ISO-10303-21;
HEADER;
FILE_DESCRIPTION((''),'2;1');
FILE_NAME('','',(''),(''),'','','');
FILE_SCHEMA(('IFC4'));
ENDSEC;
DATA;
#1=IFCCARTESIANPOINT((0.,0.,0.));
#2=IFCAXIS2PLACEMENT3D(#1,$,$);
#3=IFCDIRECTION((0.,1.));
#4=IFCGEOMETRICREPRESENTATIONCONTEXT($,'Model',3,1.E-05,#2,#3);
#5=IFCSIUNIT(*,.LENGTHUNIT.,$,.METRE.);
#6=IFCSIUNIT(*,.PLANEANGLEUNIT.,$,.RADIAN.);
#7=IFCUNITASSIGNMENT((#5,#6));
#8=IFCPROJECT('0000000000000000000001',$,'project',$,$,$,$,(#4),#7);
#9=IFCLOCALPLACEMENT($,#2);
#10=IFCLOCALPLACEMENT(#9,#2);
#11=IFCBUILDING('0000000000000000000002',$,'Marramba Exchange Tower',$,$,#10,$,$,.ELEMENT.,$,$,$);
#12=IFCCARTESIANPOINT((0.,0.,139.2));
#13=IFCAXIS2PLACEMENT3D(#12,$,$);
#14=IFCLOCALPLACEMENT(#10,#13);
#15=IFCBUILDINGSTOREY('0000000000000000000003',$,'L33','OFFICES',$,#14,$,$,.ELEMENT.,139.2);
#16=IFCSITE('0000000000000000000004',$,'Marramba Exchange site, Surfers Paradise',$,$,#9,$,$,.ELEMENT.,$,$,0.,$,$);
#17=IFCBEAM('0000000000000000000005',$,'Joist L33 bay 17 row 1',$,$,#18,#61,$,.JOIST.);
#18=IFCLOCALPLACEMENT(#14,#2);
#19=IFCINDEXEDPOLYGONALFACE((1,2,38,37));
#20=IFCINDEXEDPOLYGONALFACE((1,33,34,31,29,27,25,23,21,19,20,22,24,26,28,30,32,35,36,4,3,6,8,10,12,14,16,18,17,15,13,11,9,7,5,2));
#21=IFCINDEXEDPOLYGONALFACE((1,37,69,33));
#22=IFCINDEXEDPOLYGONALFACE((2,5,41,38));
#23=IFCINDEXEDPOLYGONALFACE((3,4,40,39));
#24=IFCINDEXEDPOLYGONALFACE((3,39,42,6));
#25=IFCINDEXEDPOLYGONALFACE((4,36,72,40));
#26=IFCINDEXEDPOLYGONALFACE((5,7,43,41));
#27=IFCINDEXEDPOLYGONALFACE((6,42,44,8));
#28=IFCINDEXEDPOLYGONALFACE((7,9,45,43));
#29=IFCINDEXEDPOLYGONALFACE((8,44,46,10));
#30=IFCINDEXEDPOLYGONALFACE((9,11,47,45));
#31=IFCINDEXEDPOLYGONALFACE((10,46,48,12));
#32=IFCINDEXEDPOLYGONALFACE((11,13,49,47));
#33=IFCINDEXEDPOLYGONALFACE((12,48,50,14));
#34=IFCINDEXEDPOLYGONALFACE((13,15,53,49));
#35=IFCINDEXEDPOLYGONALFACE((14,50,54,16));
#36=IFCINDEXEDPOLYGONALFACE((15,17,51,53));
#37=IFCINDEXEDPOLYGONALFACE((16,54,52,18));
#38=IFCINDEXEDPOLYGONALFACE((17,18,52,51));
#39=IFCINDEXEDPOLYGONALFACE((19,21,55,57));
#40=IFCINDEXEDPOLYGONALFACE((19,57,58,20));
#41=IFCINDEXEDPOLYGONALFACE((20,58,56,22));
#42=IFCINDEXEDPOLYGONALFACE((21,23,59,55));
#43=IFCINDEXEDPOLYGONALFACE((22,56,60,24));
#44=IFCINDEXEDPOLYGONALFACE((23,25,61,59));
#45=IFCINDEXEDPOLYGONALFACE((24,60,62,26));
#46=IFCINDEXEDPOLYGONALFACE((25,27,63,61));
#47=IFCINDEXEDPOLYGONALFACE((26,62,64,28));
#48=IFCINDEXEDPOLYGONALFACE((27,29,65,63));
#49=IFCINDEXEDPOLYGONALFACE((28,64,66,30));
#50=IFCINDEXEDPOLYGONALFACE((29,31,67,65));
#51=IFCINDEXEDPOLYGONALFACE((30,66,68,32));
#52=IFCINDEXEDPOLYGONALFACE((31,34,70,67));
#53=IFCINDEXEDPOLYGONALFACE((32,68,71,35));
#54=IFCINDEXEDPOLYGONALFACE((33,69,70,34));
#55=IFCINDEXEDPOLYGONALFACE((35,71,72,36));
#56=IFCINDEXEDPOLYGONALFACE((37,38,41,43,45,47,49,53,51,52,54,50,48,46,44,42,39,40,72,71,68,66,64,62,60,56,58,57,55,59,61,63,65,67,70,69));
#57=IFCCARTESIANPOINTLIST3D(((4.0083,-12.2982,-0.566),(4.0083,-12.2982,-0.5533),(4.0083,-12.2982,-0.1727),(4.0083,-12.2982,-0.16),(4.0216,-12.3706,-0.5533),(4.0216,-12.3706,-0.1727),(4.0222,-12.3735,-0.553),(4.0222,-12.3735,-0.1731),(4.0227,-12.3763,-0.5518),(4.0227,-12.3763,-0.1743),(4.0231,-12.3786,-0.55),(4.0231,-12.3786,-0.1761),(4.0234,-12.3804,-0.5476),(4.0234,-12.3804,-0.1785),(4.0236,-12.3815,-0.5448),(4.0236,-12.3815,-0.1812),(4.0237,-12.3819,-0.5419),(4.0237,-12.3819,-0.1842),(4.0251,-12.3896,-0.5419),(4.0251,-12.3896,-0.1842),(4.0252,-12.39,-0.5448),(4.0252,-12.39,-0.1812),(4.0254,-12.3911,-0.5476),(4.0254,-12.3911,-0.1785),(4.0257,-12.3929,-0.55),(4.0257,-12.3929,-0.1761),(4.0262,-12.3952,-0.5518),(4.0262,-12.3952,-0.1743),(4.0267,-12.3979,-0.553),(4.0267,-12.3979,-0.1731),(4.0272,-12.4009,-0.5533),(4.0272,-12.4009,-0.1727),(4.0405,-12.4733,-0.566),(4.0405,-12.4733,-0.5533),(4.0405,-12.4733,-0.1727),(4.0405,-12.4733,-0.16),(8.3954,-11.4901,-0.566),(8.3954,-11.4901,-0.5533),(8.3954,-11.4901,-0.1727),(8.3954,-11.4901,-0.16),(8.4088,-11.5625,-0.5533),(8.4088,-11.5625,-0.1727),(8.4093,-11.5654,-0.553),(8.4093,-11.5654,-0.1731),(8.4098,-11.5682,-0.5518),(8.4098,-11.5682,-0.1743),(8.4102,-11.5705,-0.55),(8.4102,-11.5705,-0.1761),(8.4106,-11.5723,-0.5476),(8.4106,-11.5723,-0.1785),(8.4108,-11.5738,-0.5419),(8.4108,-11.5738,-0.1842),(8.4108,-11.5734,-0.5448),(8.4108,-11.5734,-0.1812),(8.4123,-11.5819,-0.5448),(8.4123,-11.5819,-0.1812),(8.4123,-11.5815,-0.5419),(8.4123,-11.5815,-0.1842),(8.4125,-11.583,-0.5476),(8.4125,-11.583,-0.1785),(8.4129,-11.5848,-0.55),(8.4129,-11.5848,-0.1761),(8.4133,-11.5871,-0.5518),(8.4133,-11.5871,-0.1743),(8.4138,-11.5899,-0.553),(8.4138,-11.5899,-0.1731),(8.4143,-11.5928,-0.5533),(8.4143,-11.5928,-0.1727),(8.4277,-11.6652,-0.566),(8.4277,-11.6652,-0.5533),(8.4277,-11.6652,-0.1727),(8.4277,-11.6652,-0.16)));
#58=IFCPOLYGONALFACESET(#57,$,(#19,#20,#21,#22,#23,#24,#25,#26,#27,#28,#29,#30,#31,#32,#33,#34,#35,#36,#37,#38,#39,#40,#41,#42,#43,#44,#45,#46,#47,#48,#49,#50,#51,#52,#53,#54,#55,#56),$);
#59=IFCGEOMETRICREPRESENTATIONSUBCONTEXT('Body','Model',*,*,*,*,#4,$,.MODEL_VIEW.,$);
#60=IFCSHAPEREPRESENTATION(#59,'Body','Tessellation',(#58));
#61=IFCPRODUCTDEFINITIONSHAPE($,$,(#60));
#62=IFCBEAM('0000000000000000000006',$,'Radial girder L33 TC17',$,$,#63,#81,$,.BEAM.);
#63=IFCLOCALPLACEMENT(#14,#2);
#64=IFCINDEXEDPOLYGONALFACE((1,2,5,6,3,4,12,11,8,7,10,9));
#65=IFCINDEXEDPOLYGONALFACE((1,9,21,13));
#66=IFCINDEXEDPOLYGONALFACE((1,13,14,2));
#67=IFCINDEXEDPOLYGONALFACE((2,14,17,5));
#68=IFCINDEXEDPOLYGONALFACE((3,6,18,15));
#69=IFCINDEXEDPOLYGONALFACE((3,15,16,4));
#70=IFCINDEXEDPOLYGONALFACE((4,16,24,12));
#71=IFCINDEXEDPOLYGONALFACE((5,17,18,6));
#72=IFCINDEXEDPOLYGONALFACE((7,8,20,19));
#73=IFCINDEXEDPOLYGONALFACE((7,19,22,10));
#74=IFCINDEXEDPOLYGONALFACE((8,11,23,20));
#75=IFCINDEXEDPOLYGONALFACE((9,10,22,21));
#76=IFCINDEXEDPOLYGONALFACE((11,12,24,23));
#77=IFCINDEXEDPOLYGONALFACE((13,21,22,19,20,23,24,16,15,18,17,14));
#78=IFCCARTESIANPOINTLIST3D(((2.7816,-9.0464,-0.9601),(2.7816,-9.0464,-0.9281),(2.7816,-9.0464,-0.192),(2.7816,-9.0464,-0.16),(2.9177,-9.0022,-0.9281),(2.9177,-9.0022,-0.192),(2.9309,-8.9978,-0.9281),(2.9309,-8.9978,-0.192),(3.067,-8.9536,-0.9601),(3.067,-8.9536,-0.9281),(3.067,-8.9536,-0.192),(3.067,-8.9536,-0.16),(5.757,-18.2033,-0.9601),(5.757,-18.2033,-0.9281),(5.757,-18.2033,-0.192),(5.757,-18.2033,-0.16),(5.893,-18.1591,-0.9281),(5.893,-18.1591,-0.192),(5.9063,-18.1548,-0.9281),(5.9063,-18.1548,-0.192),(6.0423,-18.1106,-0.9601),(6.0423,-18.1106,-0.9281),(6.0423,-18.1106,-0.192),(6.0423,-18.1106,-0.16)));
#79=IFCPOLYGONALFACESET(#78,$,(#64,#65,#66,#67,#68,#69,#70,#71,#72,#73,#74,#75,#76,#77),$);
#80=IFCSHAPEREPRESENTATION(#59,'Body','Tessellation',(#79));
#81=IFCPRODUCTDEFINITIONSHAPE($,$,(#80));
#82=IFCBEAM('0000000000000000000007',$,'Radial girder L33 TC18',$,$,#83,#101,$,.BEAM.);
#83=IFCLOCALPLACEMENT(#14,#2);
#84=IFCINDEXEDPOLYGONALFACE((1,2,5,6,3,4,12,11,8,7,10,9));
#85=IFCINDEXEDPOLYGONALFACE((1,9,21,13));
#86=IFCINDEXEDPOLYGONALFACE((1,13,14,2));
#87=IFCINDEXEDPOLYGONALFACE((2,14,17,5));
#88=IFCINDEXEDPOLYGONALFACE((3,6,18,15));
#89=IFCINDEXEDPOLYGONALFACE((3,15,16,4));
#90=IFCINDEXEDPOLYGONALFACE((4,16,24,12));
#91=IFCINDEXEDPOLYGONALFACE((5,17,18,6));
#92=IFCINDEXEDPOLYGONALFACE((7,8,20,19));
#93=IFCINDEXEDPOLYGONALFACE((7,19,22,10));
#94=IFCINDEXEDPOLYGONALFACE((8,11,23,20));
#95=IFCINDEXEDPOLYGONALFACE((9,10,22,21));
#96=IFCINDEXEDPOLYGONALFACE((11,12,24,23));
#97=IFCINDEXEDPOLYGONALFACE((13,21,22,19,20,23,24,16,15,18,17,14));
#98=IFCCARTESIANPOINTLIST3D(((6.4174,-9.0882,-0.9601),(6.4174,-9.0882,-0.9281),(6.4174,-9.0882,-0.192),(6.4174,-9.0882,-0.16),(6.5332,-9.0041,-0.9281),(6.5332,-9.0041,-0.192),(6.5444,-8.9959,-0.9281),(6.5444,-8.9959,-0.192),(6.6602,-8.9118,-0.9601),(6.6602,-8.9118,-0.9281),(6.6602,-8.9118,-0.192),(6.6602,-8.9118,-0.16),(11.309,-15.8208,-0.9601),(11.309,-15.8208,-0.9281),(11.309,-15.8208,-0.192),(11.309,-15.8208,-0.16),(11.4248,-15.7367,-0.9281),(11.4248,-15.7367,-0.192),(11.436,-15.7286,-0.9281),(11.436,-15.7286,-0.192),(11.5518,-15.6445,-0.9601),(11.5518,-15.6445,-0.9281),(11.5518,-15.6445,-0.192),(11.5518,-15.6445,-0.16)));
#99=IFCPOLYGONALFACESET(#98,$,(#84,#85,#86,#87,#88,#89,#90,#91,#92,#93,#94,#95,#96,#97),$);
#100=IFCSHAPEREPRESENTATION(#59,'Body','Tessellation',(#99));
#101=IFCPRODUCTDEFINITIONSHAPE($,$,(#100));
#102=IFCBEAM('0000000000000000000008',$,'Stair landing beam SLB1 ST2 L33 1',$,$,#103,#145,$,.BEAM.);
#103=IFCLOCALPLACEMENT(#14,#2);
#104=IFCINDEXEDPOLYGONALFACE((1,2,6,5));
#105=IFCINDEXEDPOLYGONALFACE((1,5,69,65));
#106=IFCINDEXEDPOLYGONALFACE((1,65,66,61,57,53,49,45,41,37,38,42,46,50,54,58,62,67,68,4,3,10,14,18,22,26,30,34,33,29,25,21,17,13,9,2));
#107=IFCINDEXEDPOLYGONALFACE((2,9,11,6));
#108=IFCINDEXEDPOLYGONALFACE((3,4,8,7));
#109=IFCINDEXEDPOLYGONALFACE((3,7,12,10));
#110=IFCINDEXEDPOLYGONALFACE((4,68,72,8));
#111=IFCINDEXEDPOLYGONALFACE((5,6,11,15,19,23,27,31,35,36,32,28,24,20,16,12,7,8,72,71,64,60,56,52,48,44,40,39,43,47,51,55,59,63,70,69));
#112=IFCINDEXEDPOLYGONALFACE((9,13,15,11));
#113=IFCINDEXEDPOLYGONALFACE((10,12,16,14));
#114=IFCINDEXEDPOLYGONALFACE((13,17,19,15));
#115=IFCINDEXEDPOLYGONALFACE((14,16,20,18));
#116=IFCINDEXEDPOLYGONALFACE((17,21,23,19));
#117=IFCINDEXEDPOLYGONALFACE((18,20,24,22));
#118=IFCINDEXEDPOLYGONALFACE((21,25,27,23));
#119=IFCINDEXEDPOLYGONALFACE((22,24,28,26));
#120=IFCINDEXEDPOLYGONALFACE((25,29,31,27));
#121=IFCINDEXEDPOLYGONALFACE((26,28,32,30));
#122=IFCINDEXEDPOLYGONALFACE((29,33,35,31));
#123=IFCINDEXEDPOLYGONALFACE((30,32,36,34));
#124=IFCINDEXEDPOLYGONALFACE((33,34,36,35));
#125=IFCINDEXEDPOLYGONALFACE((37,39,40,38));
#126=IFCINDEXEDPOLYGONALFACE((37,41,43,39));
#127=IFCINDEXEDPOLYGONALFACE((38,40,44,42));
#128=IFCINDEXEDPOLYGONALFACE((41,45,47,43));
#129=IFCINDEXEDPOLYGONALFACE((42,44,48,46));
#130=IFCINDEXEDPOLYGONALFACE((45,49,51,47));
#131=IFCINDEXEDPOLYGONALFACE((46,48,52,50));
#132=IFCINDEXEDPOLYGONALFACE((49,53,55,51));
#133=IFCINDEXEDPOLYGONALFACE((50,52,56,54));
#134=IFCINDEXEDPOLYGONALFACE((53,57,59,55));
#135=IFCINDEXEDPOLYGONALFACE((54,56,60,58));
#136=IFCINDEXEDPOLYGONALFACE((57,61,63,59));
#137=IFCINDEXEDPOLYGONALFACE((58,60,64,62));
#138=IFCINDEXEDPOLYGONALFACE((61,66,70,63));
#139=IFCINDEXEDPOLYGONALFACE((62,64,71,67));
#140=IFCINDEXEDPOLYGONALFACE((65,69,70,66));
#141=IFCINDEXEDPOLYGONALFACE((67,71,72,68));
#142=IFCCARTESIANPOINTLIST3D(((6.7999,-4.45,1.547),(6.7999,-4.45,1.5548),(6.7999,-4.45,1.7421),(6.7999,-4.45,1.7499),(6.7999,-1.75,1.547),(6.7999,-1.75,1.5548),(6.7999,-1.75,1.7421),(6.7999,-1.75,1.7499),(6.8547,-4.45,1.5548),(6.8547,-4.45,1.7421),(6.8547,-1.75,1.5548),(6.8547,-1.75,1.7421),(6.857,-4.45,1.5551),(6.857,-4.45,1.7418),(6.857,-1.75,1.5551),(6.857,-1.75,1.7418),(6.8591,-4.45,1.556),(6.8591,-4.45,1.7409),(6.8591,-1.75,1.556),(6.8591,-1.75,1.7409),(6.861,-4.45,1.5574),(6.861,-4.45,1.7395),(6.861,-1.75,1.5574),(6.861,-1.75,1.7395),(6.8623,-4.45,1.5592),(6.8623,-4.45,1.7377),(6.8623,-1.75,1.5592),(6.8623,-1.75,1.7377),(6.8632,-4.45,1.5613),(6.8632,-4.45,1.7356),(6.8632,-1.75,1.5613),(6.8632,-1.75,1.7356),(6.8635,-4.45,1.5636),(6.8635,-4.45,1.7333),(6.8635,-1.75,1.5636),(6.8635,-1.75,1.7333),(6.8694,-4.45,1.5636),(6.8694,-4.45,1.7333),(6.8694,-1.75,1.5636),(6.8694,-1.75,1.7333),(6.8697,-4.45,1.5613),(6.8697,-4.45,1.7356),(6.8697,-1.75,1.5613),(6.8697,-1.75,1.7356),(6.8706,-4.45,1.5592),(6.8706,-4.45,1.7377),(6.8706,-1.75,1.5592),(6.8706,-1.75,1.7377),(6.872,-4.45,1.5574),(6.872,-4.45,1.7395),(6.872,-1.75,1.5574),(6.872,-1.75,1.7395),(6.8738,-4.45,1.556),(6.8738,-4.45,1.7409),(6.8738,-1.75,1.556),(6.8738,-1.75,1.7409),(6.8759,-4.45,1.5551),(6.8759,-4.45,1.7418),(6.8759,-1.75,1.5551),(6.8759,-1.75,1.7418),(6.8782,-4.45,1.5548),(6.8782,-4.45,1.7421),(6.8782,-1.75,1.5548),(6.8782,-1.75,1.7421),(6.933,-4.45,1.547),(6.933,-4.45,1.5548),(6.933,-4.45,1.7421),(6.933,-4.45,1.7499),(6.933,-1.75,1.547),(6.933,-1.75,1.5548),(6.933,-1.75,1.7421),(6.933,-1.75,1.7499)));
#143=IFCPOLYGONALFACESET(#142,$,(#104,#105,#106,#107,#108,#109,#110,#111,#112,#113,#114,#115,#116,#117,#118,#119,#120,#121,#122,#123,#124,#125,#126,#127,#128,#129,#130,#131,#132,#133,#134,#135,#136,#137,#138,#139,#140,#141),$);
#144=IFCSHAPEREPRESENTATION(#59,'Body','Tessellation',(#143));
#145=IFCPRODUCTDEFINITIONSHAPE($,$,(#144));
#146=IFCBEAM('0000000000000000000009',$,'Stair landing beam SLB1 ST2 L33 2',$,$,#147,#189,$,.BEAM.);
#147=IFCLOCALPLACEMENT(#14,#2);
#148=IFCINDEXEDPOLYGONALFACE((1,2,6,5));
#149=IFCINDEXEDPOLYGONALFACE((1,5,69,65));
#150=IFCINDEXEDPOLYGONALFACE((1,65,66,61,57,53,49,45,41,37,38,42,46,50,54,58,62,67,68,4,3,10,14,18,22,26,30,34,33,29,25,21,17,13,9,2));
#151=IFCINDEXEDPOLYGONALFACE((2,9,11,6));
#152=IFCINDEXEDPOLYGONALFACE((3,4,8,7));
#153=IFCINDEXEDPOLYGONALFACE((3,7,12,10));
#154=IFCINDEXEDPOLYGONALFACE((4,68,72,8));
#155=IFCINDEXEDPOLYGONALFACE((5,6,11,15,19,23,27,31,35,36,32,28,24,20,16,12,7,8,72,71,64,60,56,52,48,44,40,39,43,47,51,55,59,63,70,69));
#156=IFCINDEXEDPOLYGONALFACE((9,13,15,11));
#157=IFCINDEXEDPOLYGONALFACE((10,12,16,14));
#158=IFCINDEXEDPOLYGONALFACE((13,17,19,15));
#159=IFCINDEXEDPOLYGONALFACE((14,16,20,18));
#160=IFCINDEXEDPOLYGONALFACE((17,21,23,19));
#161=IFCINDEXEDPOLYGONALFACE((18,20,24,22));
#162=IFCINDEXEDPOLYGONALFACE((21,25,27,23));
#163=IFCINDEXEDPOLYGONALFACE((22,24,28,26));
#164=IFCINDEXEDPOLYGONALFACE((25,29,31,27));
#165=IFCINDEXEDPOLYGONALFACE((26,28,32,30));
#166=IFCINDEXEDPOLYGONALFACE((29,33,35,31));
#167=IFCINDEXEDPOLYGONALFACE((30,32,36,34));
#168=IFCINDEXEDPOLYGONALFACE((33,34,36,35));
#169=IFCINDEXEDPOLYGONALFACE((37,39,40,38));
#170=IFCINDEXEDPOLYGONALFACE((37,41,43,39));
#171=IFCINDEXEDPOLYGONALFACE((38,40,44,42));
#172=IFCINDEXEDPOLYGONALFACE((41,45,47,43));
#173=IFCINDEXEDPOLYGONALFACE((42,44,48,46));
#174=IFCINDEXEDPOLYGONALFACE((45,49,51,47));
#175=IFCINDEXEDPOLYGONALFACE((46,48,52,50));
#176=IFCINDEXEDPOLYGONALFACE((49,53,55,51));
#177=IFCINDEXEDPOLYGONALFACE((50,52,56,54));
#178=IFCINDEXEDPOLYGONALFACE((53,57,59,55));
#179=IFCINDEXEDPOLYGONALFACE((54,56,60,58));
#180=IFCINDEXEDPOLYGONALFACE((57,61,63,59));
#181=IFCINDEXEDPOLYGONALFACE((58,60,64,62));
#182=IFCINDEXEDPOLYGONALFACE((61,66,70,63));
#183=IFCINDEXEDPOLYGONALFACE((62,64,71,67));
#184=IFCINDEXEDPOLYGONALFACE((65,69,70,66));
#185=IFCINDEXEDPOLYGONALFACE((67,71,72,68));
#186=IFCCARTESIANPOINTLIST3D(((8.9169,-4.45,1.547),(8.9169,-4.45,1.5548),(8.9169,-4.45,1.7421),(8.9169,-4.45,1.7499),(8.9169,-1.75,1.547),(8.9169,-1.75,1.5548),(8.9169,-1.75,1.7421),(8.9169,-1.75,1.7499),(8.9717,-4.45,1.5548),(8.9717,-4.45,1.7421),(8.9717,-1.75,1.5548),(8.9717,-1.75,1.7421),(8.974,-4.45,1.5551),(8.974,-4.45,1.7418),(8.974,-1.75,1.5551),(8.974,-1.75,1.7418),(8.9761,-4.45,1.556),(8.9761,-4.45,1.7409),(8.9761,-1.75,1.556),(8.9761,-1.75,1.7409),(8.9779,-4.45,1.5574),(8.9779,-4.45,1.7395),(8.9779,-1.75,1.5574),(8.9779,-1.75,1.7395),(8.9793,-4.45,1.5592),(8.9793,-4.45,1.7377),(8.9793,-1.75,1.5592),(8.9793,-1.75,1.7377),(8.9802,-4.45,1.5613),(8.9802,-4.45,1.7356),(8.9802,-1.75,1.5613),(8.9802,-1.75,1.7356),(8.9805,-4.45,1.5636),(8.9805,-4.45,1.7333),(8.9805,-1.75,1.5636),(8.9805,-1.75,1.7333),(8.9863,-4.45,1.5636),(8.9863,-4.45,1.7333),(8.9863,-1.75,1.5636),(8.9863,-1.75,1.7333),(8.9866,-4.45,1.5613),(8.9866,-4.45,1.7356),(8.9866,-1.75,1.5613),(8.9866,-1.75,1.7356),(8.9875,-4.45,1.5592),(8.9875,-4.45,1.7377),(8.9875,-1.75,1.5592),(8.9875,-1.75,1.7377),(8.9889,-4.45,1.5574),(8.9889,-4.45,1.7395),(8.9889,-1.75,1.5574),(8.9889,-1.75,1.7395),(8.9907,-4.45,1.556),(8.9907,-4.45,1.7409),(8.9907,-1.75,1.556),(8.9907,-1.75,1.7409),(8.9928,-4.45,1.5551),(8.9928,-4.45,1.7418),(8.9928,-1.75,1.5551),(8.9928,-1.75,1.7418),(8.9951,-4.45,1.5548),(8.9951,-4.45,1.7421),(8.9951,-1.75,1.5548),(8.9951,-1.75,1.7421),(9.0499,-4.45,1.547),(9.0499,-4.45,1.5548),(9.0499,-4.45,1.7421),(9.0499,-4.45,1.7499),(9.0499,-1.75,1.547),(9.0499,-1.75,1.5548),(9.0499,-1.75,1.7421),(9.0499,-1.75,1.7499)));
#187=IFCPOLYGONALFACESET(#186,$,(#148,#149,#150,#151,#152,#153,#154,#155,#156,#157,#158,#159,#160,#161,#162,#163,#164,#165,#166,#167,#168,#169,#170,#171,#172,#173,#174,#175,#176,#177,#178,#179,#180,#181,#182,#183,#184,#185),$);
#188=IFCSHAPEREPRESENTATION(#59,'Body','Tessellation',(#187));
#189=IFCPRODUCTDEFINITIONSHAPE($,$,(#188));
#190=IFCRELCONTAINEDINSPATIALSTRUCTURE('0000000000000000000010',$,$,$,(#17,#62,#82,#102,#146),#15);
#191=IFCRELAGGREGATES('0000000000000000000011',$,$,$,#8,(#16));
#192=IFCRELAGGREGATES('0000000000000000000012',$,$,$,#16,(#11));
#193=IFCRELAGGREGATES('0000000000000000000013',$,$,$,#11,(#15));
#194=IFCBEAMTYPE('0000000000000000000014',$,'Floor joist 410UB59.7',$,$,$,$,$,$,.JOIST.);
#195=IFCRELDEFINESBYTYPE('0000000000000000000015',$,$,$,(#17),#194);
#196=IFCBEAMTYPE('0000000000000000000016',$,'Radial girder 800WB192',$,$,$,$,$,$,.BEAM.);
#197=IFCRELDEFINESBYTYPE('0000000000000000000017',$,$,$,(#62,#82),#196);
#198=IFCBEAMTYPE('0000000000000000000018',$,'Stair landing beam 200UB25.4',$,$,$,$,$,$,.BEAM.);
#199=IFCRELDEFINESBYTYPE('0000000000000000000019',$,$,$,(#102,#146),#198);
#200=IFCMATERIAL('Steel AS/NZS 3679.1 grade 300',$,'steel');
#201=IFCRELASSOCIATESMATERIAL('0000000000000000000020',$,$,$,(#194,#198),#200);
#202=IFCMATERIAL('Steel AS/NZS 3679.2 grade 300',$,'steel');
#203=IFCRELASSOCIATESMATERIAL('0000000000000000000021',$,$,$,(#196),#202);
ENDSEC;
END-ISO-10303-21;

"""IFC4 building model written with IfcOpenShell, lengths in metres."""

from ifc_helpers import new_model, si_unit, direction, frame, origin, origin_2d, place, context, subcontext, project, spatial, i_section, extrude, material, material_profile, profile_set, type_object, element, save


model = new_model("IFC4")

# Units and contexts
model_context = context("Model", 3, precision=1e-05, world=origin(), true_north=direction((0.0, 1.0)))
body_context = subcontext(model_context, "Body", "Model", "MODEL_VIEW")
ifc_project = project(units=[si_unit("LENGTHUNIT", "METRE"), si_unit("PLANEANGLEUNIT", "RADIAN")], contexts=[model_context])

# Site, building, storey
site_placement = place(None, origin())
site = spatial("IfcSite", under=ifc_project, at=site_placement, Name="Marramba Exchange site, Surfers Paradise", CompositionType="ELEMENT", RefElevation=0.0)
building_placement = place(site_placement, origin())
building = spatial("IfcBuilding", under=site, at=building_placement, Name="Marramba Exchange Tower", CompositionType="ELEMENT")
storey_placement = place(building_placement, frame((0.0, 0.0, 139.2)))
storey = spatial("IfcBuildingStorey", under=building, at=storey_placement, Name="L33", Description="OFFICES", CompositionType="ELEMENT", Elevation=139.2)

# Beams
ifc_material_1 = material(Name="Steel AS/NZS 3679.1 grade 300", Category="steel")
ifc_material_profile_1 = material_profile(ifc_material_1, i_section(OverallWidth=0.178, OverallDepth=0.406, WebThickness=0.0078, FlangeThickness=0.0127, FilletRadius=0.0115, at=origin_2d()), Name="410UB59.7")
ifc_profile_set_1 = profile_set([ifc_material_profile_1], Name="Steel AS/NZS 3679.1 grade 300")
beam_type_1 = type_object("IfcBeamType", Name="Floor joist 410UB59.7", PredefinedType="JOIST", material=ifc_profile_set_1)
beam_1_placement = place(storey_placement, frame((4.0244, -12.3857, -0.363), z_axis=(0.983456, 0.181149, 0.0), x_axis=(-0.181149, 0.983456, 0.0)))
element("IfcBeam", 1, at=beam_1_placement, inside=storey, type_object=beam_type_1, Name="Joist L33 bay 17 row 1", PredefinedType="JOIST", context=body_context, shape_type="SweptSolid", body=[
    extrude(i_section(OverallWidth=0.178, OverallDepth=0.406, WebThickness=0.0078, FlangeThickness=0.0127, FilletRadius=0.0115, at=origin_2d()), origin(), (0.0, 0.0, 1.0), 4.4609),
])
ifc_material_2 = material(Name="Steel AS/NZS 3679.2 grade 300", Category="steel")
ifc_material_profile_2 = material_profile(ifc_material_2, i_section(OverallWidth=0.3, OverallDepth=0.8, WebThickness=0.0139, FlangeThickness=0.032, at=origin_2d()), Name="800WB192")
ifc_profile_set_2 = profile_set([ifc_material_profile_2], Name="Steel AS/NZS 3679.2 grade 300")
beam_type_2 = type_object("IfcBeamType", Name="Radial girder 800WB192", PredefinedType="BEAM", material=ifc_profile_set_2)
beam_2_placement = place(storey_placement, frame((2.9243, -9.0, -0.5601), z_axis=(0.309022, -0.951055, 0.0), x_axis=(0.951055, 0.309022, 0.0)))
element("IfcBeam", 2, at=beam_2_placement, inside=storey, type_object=beam_type_2, Name="Radial girder L33 TC17", PredefinedType="BEAM", context=body_context, shape_type="SweptSolid", body=[
    extrude(i_section(OverallWidth=0.3, OverallDepth=0.8, WebThickness=0.0139, FlangeThickness=0.032, at=origin_2d()), origin(), (0.0, 0.0, 1.0), 9.6282),
])
beam_3_placement = place(storey_placement, frame((6.5388, -9.0, -0.5601), z_axis=(0.587788, -0.809015, 0.0), x_axis=(0.809015, 0.587788, 0.0)))
element("IfcBeam", 3, at=beam_3_placement, inside=storey, type_object=beam_type_2, Name="Radial girder L33 TC18", PredefinedType="BEAM", context=body_context, shape_type="SweptSolid", body=[
    extrude(i_section(OverallWidth=0.3, OverallDepth=0.8, WebThickness=0.0139, FlangeThickness=0.032, at=origin_2d()), origin(), (0.0, 0.0, 1.0), 8.322),
])
ifc_material_profile_3 = material_profile(ifc_material_1, i_section(OverallWidth=0.1331, OverallDepth=0.2029, WebThickness=0.0059, FlangeThickness=0.0078, FilletRadius=0.0088, at=origin_2d()), Name="200UB25.4")
ifc_profile_set_3 = profile_set([ifc_material_profile_3], Name="Steel AS/NZS 3679.1 grade 300")
beam_type_3 = type_object("IfcBeamType", Name="Stair landing beam 200UB25.4", PredefinedType="BEAM", material=ifc_profile_set_3)
for number, where, z_axis, x_axis, name in (
    (4, (6.8665, -4.45, 1.6484), (0.0, 1.0, 0.0), (-1.0, 0.0, 0.0), "Stair landing beam SLB1 ST2 L33 1"),
    (5, (8.9834, -4.45, 1.6484), (0.0, 1.0, 0.0), (-1.0, 0.0, 0.0), "Stair landing beam SLB1 ST2 L33 2"),
):
    element("IfcBeam", number, at=place(storey_placement, frame(where, z_axis=z_axis, x_axis=x_axis)), inside=storey, type_object=beam_type_3, Name=name, PredefinedType="BEAM", context=body_context, shape_type="SweptSolid", body=[
        extrude(i_section(OverallWidth=0.1331, OverallDepth=0.2029, WebThickness=0.0059, FlangeThickness=0.0078, FilletRadius=0.0088, at=origin_2d()), origin(), (0.0, 0.0, 1.0), 2.7),
    ])

save(model, "model.ifc")
